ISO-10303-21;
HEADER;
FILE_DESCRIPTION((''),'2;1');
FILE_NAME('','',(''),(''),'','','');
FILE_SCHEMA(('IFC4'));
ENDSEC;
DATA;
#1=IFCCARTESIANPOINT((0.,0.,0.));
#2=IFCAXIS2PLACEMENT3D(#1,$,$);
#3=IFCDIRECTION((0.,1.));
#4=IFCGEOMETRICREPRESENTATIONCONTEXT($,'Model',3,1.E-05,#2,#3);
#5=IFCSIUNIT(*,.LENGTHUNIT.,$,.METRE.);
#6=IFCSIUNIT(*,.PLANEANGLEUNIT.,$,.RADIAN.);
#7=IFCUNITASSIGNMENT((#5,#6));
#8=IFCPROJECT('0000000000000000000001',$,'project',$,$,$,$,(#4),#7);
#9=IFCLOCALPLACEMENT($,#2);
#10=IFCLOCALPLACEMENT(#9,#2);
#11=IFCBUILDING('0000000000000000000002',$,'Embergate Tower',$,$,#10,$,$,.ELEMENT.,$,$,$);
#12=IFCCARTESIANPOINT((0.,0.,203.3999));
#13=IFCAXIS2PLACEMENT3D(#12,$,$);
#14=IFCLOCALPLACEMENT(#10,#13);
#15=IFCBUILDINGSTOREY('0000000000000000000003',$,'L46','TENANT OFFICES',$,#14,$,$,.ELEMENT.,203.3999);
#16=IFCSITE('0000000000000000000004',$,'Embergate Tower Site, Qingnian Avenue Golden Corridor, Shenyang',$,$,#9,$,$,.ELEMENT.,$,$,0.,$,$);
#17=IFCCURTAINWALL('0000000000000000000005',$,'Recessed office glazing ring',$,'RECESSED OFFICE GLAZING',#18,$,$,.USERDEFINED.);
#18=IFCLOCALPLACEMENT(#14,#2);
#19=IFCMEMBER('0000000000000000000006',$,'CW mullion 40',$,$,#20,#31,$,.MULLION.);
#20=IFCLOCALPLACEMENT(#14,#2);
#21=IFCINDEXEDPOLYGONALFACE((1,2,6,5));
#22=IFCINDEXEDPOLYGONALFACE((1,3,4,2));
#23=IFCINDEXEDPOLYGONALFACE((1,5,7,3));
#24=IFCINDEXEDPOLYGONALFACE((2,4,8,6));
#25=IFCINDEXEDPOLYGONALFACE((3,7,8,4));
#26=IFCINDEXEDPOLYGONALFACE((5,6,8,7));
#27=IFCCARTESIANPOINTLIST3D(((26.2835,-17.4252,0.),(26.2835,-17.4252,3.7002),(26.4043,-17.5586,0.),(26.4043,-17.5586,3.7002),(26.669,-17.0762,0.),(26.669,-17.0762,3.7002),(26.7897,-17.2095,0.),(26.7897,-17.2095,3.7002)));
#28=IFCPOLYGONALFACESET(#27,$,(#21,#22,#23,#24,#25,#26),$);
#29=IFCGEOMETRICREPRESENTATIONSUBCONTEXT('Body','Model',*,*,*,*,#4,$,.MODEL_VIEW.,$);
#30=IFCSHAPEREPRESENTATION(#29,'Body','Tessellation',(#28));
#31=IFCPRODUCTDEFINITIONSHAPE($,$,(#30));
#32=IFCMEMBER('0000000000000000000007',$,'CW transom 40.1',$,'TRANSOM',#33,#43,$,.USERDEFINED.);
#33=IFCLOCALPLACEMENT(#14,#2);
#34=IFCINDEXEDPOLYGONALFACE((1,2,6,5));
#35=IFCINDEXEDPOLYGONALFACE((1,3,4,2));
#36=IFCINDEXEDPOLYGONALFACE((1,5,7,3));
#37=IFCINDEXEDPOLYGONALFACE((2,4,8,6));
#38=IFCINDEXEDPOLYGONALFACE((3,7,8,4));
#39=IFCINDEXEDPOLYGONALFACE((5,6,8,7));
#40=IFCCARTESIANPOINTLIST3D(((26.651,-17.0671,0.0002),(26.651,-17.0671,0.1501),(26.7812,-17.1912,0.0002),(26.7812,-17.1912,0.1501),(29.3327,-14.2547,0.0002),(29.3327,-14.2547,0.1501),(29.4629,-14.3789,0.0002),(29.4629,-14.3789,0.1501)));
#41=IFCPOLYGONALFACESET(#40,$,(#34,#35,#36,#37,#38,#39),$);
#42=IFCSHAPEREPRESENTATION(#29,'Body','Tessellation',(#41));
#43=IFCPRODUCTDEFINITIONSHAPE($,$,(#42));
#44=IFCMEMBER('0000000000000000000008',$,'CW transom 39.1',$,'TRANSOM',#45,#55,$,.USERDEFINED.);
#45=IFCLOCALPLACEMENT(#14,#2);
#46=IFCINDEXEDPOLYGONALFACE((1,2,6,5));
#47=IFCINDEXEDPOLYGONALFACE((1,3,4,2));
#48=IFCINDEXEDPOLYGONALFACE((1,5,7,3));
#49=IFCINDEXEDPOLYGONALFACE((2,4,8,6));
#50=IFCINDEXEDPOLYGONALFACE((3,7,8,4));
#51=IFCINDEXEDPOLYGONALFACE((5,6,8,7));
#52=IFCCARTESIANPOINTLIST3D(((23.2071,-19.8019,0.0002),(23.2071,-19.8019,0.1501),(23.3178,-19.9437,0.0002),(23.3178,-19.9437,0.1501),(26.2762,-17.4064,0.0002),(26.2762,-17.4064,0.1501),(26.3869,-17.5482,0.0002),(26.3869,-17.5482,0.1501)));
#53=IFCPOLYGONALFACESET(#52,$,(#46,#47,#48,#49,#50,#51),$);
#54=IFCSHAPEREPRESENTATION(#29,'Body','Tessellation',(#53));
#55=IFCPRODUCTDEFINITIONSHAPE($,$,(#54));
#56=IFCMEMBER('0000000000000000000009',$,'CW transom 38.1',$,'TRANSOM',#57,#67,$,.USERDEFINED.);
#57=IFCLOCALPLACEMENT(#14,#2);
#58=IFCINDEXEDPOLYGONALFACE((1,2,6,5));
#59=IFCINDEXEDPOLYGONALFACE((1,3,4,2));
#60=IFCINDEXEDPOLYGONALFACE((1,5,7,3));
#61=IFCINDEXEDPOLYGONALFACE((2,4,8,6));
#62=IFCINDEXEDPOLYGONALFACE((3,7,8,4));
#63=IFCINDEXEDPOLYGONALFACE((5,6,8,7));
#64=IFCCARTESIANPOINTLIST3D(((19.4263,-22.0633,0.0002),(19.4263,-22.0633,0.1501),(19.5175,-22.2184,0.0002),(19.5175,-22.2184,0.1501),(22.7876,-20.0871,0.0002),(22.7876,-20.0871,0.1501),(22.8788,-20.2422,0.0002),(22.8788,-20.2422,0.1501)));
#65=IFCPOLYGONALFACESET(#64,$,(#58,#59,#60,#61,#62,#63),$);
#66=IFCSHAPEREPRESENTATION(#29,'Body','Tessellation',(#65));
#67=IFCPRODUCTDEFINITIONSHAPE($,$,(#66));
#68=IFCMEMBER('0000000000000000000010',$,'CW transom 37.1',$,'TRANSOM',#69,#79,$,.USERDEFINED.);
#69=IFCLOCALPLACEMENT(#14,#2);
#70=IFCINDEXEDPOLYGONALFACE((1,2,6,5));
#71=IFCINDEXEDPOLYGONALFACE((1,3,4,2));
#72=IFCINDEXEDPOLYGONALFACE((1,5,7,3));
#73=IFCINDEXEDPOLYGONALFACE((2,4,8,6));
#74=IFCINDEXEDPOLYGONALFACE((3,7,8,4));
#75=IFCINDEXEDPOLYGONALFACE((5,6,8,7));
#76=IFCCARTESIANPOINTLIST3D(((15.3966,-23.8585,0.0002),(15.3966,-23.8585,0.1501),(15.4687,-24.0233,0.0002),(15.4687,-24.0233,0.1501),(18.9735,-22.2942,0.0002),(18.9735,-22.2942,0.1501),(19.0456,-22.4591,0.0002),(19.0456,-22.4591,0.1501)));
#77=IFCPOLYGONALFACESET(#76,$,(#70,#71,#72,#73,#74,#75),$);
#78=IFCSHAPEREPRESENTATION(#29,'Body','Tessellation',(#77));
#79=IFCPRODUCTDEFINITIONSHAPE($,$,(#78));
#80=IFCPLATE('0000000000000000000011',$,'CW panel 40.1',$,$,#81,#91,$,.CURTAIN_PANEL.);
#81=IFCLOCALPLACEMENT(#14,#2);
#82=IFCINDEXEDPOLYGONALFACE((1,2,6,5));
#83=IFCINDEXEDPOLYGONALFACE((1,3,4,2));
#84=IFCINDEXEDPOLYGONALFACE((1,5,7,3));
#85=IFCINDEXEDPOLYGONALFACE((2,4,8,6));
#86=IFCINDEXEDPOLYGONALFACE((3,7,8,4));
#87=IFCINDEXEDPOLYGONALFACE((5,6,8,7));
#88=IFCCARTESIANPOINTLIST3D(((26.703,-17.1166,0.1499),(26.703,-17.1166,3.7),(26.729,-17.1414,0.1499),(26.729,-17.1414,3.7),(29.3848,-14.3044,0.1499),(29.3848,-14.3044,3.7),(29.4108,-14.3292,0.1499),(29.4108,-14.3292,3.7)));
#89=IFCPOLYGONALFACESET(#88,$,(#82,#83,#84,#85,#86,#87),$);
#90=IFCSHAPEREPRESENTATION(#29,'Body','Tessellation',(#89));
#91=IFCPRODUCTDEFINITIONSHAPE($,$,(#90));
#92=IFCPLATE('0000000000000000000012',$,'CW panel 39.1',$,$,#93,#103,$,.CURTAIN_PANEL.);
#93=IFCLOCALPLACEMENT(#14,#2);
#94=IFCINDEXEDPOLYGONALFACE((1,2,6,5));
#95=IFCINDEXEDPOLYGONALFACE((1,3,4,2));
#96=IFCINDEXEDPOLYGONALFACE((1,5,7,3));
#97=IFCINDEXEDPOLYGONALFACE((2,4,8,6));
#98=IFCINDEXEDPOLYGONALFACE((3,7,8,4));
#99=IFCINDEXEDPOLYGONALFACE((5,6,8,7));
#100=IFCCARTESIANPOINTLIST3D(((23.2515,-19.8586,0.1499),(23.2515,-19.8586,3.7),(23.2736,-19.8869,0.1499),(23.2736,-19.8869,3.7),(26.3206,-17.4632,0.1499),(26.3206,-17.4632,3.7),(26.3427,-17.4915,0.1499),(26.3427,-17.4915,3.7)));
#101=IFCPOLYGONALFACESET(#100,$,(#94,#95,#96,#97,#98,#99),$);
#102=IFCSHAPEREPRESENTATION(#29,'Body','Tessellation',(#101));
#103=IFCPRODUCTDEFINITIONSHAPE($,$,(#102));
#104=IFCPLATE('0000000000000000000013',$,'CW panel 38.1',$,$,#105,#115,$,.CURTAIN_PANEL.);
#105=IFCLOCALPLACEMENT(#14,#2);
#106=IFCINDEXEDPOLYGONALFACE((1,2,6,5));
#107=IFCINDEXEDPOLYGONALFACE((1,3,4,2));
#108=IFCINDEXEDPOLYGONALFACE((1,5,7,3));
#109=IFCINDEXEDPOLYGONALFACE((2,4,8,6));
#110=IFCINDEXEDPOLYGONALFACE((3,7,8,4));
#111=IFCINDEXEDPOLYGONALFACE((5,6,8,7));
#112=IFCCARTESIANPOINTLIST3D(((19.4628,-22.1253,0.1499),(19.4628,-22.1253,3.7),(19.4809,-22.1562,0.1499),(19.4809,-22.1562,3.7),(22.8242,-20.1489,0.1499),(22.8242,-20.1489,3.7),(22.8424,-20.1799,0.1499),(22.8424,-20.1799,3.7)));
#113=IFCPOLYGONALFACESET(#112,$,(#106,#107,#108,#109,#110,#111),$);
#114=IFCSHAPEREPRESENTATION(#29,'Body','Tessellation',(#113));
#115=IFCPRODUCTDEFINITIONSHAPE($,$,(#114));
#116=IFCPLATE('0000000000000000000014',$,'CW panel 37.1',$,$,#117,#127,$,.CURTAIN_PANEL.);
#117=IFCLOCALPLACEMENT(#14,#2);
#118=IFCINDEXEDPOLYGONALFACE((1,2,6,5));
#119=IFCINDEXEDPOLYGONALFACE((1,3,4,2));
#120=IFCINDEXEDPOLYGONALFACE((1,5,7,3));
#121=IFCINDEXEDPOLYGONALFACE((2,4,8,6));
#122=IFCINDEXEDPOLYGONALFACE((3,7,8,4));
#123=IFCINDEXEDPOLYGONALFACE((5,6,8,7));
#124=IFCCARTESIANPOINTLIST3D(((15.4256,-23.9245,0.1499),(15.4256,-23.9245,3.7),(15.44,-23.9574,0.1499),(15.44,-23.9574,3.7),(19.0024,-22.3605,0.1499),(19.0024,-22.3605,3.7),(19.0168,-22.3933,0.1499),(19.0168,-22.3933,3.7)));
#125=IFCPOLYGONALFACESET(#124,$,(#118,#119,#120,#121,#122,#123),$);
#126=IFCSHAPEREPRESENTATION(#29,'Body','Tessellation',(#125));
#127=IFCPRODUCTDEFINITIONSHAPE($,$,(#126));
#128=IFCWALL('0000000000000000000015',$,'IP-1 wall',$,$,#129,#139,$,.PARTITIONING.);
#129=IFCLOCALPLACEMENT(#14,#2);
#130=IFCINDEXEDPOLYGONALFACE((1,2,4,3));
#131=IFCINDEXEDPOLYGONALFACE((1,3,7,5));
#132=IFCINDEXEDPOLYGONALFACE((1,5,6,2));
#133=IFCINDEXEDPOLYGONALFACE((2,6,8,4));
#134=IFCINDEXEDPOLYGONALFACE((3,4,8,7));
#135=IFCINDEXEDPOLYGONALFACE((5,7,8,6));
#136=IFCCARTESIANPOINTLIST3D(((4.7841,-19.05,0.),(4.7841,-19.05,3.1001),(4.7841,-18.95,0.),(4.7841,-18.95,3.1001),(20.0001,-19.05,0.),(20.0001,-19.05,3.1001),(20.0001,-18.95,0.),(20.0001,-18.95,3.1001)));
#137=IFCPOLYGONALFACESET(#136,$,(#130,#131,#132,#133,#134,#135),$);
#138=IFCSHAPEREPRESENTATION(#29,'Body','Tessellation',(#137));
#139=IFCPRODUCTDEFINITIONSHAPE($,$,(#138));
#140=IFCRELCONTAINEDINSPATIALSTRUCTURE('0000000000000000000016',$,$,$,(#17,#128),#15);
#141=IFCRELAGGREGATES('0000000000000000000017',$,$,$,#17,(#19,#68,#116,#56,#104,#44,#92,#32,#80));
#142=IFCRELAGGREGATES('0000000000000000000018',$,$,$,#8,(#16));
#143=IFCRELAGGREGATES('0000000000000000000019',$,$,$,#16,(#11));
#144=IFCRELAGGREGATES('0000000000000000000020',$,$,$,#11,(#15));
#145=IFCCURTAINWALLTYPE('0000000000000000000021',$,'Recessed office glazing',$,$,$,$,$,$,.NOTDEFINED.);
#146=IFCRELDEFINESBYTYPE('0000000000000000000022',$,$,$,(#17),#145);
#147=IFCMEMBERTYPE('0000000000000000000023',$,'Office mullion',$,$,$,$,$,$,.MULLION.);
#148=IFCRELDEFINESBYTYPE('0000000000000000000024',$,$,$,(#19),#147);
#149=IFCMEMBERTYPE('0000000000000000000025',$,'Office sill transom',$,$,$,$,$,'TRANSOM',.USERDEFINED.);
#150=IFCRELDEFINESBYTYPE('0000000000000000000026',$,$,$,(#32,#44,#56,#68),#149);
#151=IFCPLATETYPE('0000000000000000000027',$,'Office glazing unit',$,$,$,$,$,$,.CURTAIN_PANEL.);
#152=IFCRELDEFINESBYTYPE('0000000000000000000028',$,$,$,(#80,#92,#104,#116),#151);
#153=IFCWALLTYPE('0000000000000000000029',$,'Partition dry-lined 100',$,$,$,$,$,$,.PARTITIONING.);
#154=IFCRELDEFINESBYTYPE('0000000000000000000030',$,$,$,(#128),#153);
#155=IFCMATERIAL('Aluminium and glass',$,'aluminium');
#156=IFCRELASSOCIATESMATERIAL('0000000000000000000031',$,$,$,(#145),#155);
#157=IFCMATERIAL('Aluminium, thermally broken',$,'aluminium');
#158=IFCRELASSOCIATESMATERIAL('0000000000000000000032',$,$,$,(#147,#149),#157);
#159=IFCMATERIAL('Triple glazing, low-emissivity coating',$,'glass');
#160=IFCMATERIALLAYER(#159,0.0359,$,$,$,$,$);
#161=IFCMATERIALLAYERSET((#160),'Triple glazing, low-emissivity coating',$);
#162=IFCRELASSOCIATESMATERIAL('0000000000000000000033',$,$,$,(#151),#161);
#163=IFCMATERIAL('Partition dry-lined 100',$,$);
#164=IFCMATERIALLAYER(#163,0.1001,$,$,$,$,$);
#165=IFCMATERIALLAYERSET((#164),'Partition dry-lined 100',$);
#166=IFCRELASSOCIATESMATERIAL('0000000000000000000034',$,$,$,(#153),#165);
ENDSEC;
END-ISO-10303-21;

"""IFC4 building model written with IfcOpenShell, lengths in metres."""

from ifc_helpers import new_model, si_unit, direction, frame, frame_2d, origin, origin_2d, place, context, subcontext, project, spatial, rectangle, extrude, source, transform, mapped, material, layer, layer_set, material_profile, profile_set, type_object, element, aggregate, save


model = new_model("IFC4")

# Units and contexts
model_context = context("Model", 3, precision=1e-05, world=origin(), true_north=direction((0.0, 1.0)))
body_context = subcontext(model_context, "Body", "Model", "MODEL_VIEW")
ifc_project = project(units=[si_unit("LENGTHUNIT", "METRE"), si_unit("PLANEANGLEUNIT", "RADIAN")], contexts=[model_context])

# Site, building, storey
site_placement = place(None, origin())
site = spatial("IfcSite", under=ifc_project, at=site_placement, Name="Embergate Tower Site, Qingnian Avenue Golden Corridor, Shenyang", CompositionType="ELEMENT", RefElevation=0.0)
building_placement = place(site_placement, origin())
building = spatial("IfcBuilding", under=site, at=building_placement, Name="Embergate Tower", CompositionType="ELEMENT")
storey_placement = place(building_placement, frame((0.0, 0.0, 203.3999)))
storey = spatial("IfcBuildingStorey", under=building, at=storey_placement, Name="L46", Description="TENANT OFFICES", CompositionType="ELEMENT", Elevation=203.3999)

# Curtain wall, members, plates
ifc_material_1 = material(Name="Aluminium and glass", Category="aluminium")
curtain_wall_type = type_object("IfcCurtainWallType", Name="Recessed office glazing", PredefinedType="NOTDEFINED", material=ifc_material_1)
curtain_wall_placement = place(storey_placement, origin())
curtain_wall = element("IfcCurtainWall", 1, at=curtain_wall_placement, inside=storey, type_object=curtain_wall_type, Name="Recessed office glazing ring", ObjectType="RECESSED OFFICE GLAZING", PredefinedType="USERDEFINED")
ifc_material_2 = material(Name="Aluminium, thermally broken", Category="aluminium")
ifc_material_profile_1 = material_profile(ifc_material_2, rectangle(XDim=0.1799, YDim=0.52, at=origin_2d()), Name="AL 520x180")
ifc_profile_set_1 = profile_set([ifc_material_profile_1], Name="Aluminium, thermally broken")
member_type_1 = type_object("IfcMemberType", Name="Office mullion", PredefinedType="MULLION", material=ifc_profile_set_1)
shared_shape_1 = source(origin(), body_context, "Body", "SweptSolid", [
    extrude(rectangle(XDim=0.1799, YDim=0.52, at=origin_2d()), origin(), (0.0, 0.0, 1.0), 3.7002),
])
member_1_placement = place(storey_placement, frame((26.5366, -17.3174, 0.0), z_axis=(0.0, 0.0, 1.0), x_axis=(-0.671236, 0.741244, 0.0)))
member_1 = element("IfcMember", 2, at=member_1_placement, type_object=member_type_1, Name="CW mullion 40", PredefinedType="MULLION", context=body_context, shape_type="MappedRepresentation", body=[
    mapped(shared_shape_1, transform((0.0, 0.0, 0.0))),
])
ifc_material_profile_2 = material_profile(ifc_material_2, rectangle(XDim=0.1799, YDim=0.1499, at=origin_2d()), Name="AL 150x180")
ifc_profile_set_2 = profile_set([ifc_material_profile_2], Name="Aluminium, thermally broken")
member_type_2 = type_object("IfcMemberType", Name="Office sill transom", ElementType="TRANSOM", PredefinedType="USERDEFINED", material=ifc_profile_set_2)
shared_shape_2 = source(origin(), body_context, "Body", "SweptSolid", [
    extrude(rectangle(XDim=0.1799, YDim=0.1499, at=origin_2d()), origin(), (0.0, 0.0, 1.0), 3.886),
])
member_2_placement = place(storey_placement, frame((26.7161, -17.1292, 0.0752), z_axis=(0.690101, 0.723713, 0.0), x_axis=(-0.723713, 0.690101, 0.0)))
member_2 = element("IfcMember", 3, at=member_2_placement, type_object=member_type_2, Name="CW transom 40.1", ObjectType="TRANSOM", PredefinedType="USERDEFINED", context=body_context, shape_type="MappedRepresentation", body=[
    mapped(shared_shape_2, transform((0.0, 0.0, 0.0))),
])
shared_shape_3 = source(origin(), body_context, "Body", "SweptSolid", [
    extrude(rectangle(XDim=0.1799, YDim=0.1499, at=origin_2d()), origin(), (0.0, 0.0, 1.0), 3.8933),
])
member_3_placement = place(storey_placement, frame((23.2625, -19.8728, 0.0752), z_axis=(0.788301, 0.61529, 0.0), x_axis=(-0.61529, 0.788301, 0.0)))
member_3 = element("IfcMember", 4, at=member_3_placement, type_object=member_type_2, Name="CW transom 39.1", ObjectType="TRANSOM", PredefinedType="USERDEFINED", context=body_context, shape_type="MappedRepresentation", body=[
    mapped(shared_shape_3, transform((0.0, 0.0, 0.0))),
])
shared_shape_4 = source(origin(), body_context, "Body", "SweptSolid", [
    extrude(rectangle(XDim=0.1799, YDim=0.1499, at=origin_2d()), origin(), (0.0, 0.0, 1.0), 3.8992),
])
member_4_placement = place(storey_placement, frame((19.4719, -22.1409, 0.0752), z_axis=(0.862039, 0.506842, 0.0), x_axis=(-0.506842, 0.862039, 0.0)))
member_4 = element("IfcMember", 5, at=member_4_placement, type_object=member_type_2, Name="CW transom 38.1", ObjectType="TRANSOM", PredefinedType="USERDEFINED", context=body_context, shape_type="MappedRepresentation", body=[
    mapped(shared_shape_4, transform((0.0, 0.0, 0.0))),
])
shared_shape_5 = source(origin(), body_context, "Body", "SweptSolid", [
    extrude(rectangle(XDim=0.1799, YDim=0.1499, at=origin_2d()), origin(), (0.0, 0.0, 1.0), 3.9041),
])
member_5_placement = place(storey_placement, frame((15.4326, -23.9409, 0.0752), z_axis=(0.916222, 0.400671, 0.0), x_axis=(-0.400671, 0.916222, 0.0)))
member_5 = element("IfcMember", 6, at=member_5_placement, type_object=member_type_2, Name="CW transom 37.1", ObjectType="TRANSOM", PredefinedType="USERDEFINED", context=body_context, shape_type="MappedRepresentation", body=[
    mapped(shared_shape_5, transform((0.0, 0.0, 0.0))),
])
ifc_material_3 = material(Name="Triple glazing, low-emissivity coating", Category="glass")
ifc_layer_1 = layer(ifc_material_3, 0.0359)
ifc_layer_set_1 = layer_set([ifc_layer_1], Name="Triple glazing, low-emissivity coating")
plate_type = type_object("IfcPlateType", Name="Office glazing unit", PredefinedType="CURTAIN_PANEL", material=ifc_layer_set_1)
shared_shape_6 = source(origin(), body_context, "Body", "SweptSolid", [
    extrude(rectangle(XDim=3.886, YDim=0.0359, at=origin_2d()), origin(), (0.0, 0.0, 1.0), 3.55),
])
plate_1_placement = place(storey_placement, frame((28.0569, -15.7229, 0.1499), z_axis=(0.0, 0.0, 1.0), x_axis=(0.690124, 0.723691, 0.0)))
plate_1 = element("IfcPlate", 7, at=plate_1_placement, type_object=plate_type, Name="CW panel 40.1", PredefinedType="CURTAIN_PANEL", context=body_context, shape_type="MappedRepresentation", body=[
    mapped(shared_shape_6, transform((0.0, 0.0, 0.0))),
])
shared_shape_7 = source(origin(), body_context, "Body", "SweptSolid", [
    extrude(rectangle(XDim=3.8933, YDim=0.0359, at=origin_2d()), origin(), (0.0, 0.0, 1.0), 3.55),
])
plate_2_placement = place(storey_placement, frame((24.7971, -18.675, 0.1499), z_axis=(0.0, 0.0, 1.0), x_axis=(0.788312, 0.615276, 0.0)))
plate_2 = element("IfcPlate", 8, at=plate_2_placement, type_object=plate_type, Name="CW panel 39.1", PredefinedType="CURTAIN_PANEL", context=body_context, shape_type="MappedRepresentation", body=[
    mapped(shared_shape_7, transform((0.0, 0.0, 0.0))),
])
shared_shape_8 = source(origin(), body_context, "Body", "SweptSolid", [
    extrude(rectangle(XDim=3.8994, YDim=0.0359, at=origin_2d()), origin(), (0.0, 0.0, 1.0), 3.55),
])
plate_3_placement = place(storey_placement, frame((21.1526, -21.1526, 0.1499), z_axis=(0.0, 0.0, 1.0), x_axis=(0.862046, 0.50683, 0.0)))
plate_3 = element("IfcPlate", 9, at=plate_3_placement, type_object=plate_type, Name="CW panel 38.1", PredefinedType="CURTAIN_PANEL", context=body_context, shape_type="MappedRepresentation", body=[
    mapped(shared_shape_8, transform((0.0, 0.0, 0.0))),
])
shared_shape_9 = source(origin(), body_context, "Body", "SweptSolid", [
    extrude(rectangle(XDim=3.9038, YDim=0.0359, at=origin_2d()), origin(), (0.0, 0.0, 1.0), 3.55),
])
plate_4_placement = place(storey_placement, frame((17.2212, -23.1589, 0.1499), z_axis=(0.0, 0.0, 1.0), x_axis=(0.916231, 0.40065, 0.0)))
plate_4 = element("IfcPlate", 10, at=plate_4_placement, type_object=plate_type, Name="CW panel 37.1", PredefinedType="CURTAIN_PANEL", context=body_context, shape_type="MappedRepresentation", body=[
    mapped(shared_shape_9, transform((0.0, 0.0, 0.0))),
])
aggregate(curtain_wall, [member_1, member_5, plate_4, member_4, plate_3, member_3, plate_2, member_2, plate_1])

# Wall
ifc_material_4 = material(Name="Partition dry-lined 100")
ifc_layer_2 = layer(ifc_material_4, 0.1001)
ifc_layer_set_2 = layer_set([ifc_layer_2], Name="Partition dry-lined 100")
wall_type = type_object("IfcWallType", Name="Partition dry-lined 100", PredefinedType="PARTITIONING", material=ifc_layer_set_2)
shared_shape_10 = source(origin(), body_context, "Body", "SweptSolid", [
    extrude(rectangle(XDim=15.2161, YDim=0.1001, at=frame_2d((7.6079, 0.0))), origin(), (0.0, 0.0, 1.0), 3.1001),
])
wall_placement = place(storey_placement, frame((20.0, -19.0, 0.0), z_axis=(0.0, 0.0, 1.0), x_axis=(-1.0, 0.0, 0.0)))
element("IfcWall", 11, at=wall_placement, inside=storey, type_object=wall_type, Name="IP-1 wall", PredefinedType="PARTITIONING", context=body_context, shape_type="MappedRepresentation", body=[
    mapped(shared_shape_10, transform((0.0, 0.0, 0.0))),
])

save(model, "model.ifc")
